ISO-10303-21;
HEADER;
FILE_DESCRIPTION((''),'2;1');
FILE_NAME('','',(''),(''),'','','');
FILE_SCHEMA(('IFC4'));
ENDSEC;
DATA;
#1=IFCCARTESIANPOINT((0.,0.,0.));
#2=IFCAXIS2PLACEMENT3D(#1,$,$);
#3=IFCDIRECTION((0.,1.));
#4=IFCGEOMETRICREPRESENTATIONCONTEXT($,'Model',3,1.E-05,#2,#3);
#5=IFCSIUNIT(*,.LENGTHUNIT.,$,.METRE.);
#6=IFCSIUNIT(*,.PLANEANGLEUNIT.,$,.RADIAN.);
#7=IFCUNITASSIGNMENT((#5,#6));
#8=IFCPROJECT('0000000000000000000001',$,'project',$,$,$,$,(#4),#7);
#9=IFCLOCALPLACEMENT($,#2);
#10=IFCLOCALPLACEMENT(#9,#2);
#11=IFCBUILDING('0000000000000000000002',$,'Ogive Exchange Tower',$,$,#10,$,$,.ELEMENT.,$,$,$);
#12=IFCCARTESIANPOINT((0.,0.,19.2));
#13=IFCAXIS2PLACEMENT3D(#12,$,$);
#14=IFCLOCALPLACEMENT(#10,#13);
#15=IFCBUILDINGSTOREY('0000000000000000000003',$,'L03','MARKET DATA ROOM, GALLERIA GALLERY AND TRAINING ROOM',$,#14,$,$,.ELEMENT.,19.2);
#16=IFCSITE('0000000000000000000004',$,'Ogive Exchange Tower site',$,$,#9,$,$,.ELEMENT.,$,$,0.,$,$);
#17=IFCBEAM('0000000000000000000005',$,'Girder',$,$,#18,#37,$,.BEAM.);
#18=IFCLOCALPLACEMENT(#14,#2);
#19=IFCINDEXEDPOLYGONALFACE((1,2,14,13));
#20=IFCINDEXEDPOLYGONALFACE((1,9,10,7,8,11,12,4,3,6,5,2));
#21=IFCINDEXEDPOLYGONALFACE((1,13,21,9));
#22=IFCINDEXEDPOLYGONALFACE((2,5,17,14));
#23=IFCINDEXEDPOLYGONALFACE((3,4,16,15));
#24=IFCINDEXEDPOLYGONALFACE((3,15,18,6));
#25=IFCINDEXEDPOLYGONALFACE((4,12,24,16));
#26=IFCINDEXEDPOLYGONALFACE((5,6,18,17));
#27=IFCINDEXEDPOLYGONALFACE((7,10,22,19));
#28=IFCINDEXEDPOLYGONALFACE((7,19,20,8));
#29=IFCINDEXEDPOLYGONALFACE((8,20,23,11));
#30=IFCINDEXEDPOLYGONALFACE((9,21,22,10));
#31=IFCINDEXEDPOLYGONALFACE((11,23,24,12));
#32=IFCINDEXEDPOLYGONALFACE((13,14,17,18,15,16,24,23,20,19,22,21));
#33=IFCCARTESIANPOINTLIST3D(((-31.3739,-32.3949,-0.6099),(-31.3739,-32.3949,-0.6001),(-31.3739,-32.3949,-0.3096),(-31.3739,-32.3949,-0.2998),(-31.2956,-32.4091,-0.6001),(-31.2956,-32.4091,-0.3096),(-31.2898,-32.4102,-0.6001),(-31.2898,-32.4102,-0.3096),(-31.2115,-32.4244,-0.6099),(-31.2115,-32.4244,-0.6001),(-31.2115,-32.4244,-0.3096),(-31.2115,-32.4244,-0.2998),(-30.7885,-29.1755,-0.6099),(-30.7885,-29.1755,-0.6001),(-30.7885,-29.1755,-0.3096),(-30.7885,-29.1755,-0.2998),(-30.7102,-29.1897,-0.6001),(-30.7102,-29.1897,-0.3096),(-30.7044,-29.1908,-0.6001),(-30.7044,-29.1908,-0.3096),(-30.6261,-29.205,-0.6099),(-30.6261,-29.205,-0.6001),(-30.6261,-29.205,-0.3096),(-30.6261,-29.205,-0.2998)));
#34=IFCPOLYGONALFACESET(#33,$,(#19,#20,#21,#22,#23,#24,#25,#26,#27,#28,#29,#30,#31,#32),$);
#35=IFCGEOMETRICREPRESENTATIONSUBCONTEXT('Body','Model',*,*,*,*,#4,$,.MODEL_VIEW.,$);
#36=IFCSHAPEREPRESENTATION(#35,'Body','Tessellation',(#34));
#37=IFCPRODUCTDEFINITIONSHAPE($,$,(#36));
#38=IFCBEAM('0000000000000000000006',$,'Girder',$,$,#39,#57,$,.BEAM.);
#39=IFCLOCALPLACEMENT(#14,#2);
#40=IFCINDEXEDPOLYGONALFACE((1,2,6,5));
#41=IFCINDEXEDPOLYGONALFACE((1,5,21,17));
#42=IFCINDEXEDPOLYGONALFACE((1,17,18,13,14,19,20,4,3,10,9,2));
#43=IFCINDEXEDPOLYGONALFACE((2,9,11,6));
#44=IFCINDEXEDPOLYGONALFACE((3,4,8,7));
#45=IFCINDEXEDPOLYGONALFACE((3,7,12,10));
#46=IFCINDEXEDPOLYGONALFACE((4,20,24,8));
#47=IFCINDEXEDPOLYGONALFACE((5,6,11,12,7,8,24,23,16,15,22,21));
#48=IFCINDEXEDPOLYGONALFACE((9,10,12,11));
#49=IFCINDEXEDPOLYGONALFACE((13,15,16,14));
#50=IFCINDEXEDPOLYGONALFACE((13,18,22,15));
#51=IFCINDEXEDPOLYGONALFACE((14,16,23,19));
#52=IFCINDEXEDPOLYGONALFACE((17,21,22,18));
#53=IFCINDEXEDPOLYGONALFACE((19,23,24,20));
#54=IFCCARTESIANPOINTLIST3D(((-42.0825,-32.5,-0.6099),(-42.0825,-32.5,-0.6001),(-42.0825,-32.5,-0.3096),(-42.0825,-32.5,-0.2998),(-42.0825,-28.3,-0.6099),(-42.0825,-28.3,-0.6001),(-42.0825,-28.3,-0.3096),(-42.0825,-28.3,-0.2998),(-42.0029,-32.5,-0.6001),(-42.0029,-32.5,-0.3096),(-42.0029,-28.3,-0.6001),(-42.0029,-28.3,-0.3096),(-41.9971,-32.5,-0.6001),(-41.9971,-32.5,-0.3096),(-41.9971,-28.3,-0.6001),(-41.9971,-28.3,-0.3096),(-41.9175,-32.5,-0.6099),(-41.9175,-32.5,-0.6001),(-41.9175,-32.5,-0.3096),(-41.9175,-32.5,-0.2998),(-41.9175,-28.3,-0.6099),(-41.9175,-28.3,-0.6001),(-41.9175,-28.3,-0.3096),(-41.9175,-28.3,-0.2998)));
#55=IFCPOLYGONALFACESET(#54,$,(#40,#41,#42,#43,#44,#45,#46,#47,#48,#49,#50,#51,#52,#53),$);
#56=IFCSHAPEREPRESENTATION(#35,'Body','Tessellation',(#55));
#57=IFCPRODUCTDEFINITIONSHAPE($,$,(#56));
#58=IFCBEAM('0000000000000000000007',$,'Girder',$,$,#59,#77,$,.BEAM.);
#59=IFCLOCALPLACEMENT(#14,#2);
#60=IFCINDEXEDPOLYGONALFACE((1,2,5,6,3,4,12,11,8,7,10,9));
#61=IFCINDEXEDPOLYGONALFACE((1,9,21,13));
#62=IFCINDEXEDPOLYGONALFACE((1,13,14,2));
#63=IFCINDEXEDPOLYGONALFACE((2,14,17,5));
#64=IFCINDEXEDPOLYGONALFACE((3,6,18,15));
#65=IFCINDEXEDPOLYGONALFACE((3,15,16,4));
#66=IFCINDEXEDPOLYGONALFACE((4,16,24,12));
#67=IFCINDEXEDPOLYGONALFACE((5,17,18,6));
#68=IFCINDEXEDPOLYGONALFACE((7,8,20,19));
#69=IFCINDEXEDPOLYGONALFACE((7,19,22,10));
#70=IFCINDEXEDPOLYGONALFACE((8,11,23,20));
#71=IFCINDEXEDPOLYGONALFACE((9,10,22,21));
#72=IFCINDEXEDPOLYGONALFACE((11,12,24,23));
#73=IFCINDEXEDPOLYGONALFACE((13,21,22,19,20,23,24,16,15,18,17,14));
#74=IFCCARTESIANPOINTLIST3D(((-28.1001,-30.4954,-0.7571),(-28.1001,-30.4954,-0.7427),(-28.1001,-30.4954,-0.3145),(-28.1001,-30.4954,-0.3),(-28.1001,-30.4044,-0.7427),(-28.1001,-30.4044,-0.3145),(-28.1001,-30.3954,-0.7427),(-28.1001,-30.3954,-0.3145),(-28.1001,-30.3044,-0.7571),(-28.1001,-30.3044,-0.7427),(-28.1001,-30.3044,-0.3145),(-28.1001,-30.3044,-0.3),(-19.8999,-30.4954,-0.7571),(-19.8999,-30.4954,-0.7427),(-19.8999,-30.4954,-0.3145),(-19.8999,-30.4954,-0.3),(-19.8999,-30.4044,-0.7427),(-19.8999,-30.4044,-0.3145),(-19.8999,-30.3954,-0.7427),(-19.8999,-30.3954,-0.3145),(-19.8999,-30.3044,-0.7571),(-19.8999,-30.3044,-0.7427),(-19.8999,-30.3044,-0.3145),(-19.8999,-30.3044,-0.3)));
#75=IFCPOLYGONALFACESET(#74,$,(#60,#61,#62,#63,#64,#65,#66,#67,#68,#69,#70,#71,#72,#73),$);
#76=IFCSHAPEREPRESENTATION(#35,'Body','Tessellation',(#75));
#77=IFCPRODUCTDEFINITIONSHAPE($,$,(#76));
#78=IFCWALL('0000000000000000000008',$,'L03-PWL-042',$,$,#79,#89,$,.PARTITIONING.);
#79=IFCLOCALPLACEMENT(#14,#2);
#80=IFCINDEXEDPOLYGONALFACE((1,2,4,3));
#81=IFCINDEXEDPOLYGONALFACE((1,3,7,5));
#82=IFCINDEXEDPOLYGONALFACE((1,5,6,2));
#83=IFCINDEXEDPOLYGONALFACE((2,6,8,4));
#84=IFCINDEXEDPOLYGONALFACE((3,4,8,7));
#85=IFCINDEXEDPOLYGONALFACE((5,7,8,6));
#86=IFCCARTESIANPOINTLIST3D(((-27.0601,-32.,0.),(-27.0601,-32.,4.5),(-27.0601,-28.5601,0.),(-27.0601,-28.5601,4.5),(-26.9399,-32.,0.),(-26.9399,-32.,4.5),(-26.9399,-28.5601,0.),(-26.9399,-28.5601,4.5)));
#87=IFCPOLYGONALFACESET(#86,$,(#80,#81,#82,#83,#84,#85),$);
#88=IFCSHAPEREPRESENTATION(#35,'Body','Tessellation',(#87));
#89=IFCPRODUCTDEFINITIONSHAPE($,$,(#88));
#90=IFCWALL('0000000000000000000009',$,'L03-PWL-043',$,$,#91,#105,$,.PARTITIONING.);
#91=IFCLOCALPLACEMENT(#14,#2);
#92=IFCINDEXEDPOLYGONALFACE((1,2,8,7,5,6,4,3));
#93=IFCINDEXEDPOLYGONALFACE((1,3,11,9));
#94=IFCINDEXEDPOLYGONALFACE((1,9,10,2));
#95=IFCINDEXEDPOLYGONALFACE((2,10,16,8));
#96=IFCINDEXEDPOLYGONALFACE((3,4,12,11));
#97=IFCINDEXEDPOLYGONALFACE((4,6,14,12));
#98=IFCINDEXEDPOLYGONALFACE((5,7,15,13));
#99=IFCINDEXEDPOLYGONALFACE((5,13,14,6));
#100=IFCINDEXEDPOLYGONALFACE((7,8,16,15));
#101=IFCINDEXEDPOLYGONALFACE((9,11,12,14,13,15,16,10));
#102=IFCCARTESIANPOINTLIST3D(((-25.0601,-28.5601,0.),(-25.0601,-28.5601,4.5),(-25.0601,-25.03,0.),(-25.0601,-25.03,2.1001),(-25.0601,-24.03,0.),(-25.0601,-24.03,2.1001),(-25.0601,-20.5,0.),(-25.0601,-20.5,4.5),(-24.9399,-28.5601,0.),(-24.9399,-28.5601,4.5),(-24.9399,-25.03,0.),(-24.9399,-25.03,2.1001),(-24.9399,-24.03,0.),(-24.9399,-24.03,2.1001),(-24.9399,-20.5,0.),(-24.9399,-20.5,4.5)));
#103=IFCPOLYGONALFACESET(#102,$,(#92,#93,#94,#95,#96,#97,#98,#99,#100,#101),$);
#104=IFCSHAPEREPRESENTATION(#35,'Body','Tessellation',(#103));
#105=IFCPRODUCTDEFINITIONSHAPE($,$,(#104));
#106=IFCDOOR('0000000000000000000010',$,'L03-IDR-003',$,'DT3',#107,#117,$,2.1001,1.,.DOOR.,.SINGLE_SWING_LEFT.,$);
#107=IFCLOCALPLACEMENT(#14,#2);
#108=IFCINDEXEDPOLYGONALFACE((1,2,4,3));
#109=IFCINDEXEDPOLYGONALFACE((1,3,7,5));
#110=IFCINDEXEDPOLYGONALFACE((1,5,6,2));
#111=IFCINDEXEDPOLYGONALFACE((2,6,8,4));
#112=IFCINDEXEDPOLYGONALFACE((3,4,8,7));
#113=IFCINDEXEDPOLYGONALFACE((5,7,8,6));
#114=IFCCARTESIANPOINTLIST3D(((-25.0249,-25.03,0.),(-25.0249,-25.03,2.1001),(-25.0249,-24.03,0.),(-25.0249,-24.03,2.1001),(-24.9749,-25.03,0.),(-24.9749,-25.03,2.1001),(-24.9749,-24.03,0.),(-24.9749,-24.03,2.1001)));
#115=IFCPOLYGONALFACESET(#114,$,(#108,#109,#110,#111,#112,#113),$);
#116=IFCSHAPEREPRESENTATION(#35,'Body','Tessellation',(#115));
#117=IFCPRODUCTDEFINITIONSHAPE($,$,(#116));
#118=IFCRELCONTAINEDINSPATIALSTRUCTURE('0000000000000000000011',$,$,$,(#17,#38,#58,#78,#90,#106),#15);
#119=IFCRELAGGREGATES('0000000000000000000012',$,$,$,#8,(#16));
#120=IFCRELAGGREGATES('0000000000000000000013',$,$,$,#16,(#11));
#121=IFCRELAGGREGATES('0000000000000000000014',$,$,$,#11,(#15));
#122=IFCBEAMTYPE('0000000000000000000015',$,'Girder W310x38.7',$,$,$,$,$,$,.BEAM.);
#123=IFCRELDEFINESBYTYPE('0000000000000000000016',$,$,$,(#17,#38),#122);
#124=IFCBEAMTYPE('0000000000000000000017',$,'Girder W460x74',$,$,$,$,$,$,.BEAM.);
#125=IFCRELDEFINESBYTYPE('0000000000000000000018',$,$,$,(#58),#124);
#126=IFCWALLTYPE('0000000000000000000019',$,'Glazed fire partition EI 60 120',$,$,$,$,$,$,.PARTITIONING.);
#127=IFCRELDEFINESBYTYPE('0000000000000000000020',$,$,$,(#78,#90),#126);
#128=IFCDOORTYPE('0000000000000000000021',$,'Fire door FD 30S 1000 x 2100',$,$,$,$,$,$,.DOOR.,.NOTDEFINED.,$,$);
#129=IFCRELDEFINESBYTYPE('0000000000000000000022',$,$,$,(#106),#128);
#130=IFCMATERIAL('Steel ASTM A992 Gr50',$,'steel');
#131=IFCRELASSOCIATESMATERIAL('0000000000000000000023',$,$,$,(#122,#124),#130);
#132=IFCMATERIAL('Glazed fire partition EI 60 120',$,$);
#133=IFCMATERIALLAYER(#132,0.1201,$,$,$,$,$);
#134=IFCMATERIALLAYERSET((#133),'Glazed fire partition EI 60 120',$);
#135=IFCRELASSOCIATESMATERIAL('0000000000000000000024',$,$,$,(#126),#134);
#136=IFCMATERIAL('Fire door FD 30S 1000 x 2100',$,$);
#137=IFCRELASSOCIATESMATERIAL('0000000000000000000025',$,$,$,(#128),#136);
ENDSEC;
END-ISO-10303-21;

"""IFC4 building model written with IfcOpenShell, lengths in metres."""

from ifc_helpers import new_model, si_unit, direction, frame, frame_2d, origin, origin_2d, place, context, subcontext, project, spatial, rectangle, i_section, extrude, material, layer, layer_set, material_profile, profile_set, type_object, element, fill, save


model = new_model("IFC4")

# Units and contexts
model_context = context("Model", 3, precision=1e-05, world=origin(), true_north=direction((0.0, 1.0)))
body_context = subcontext(model_context, "Body", "Model", "MODEL_VIEW")
ifc_project = project(units=[si_unit("LENGTHUNIT", "METRE"), si_unit("PLANEANGLEUNIT", "RADIAN")], contexts=[model_context])

# Site, building, storey
site_placement = place(None, origin())
site = spatial("IfcSite", under=ifc_project, at=site_placement, Name="Ogive Exchange Tower site", CompositionType="ELEMENT", RefElevation=0.0)
building_placement = place(site_placement, origin())
building = spatial("IfcBuilding", under=site, at=building_placement, Name="Ogive Exchange Tower", CompositionType="ELEMENT")
storey_placement = place(building_placement, frame((0.0, 0.0, 19.2)))
storey = spatial("IfcBuildingStorey", under=building, at=storey_placement, Name="L03", Description="MARKET DATA ROOM, GALLERIA GALLERY AND TRAINING ROOM", CompositionType="ELEMENT", Elevation=19.2)

# Beams
ifc_material_1 = material(Name="Steel ASTM A992 Gr50", Category="steel")
ifc_material_profile_1 = material_profile(ifc_material_1, i_section(OverallWidth=0.165, OverallDepth=0.3101, WebThickness=0.0059, FlangeThickness=0.0098, at=origin_2d()), Name="W310x38.7")
ifc_profile_set_1 = profile_set([ifc_material_profile_1], Name="Steel ASTM A992 Gr50")
beam_type_1 = type_object("IfcBeamType", Name="Girder W310x38.7", PredefinedType="BEAM", material=ifc_profile_set_1)
beam_1_placement = place(storey_placement, frame((-31.2927, -32.4097, -0.4548), z_axis=(0.178912, 0.983865, 0.0), x_axis=(-0.983865, 0.178912, 0.0)))
element("IfcBeam", 1, at=beam_1_placement, inside=storey, type_object=beam_type_1, Name="Girder", PredefinedType="BEAM", context=body_context, shape_type="SweptSolid", body=[
    extrude(i_section(OverallWidth=0.165, OverallDepth=0.3101, WebThickness=0.0059, FlangeThickness=0.0098, at=origin_2d()), origin(), (0.0, 0.0, 1.0), 3.2722),
])
beam_2_placement = place(storey_placement, frame((-42.0, -32.5, -0.4548), z_axis=(0.0, 1.0, 0.0), x_axis=(-1.0, 0.0, 0.0)))
element("IfcBeam", 2, at=beam_2_placement, inside=storey, type_object=beam_type_1, Name="Girder", PredefinedType="BEAM", context=body_context, shape_type="SweptSolid", body=[
    extrude(i_section(OverallWidth=0.165, OverallDepth=0.3101, WebThickness=0.0059, FlangeThickness=0.0098, at=origin_2d()), origin(), (0.0, 0.0, 1.0), 4.2),
])
ifc_material_profile_2 = material_profile(ifc_material_1, i_section(OverallWidth=0.1909, OverallDepth=0.457, WebThickness=0.009, FlangeThickness=0.0144, at=origin_2d()), Name="W460x74")
ifc_profile_set_2 = profile_set([ifc_material_profile_2], Name="Steel ASTM A992 Gr50")
beam_type_2 = type_object("IfcBeamType", Name="Girder W460x74", PredefinedType="BEAM", material=ifc_profile_set_2)
beam_3_placement = place(storey_placement, frame((-28.1001, -30.3999, -0.5286), z_axis=(1.0, 0.0, 0.0), x_axis=(0.0, 1.0, 0.0)))
element("IfcBeam", 3, at=beam_3_placement, inside=storey, type_object=beam_type_2, Name="Girder", PredefinedType="BEAM", context=body_context, shape_type="SweptSolid", body=[
    extrude(i_section(OverallWidth=0.1909, OverallDepth=0.457, WebThickness=0.009, FlangeThickness=0.0144, at=origin_2d()), origin(), (0.0, 0.0, 1.0), 8.2002),
])

# Wall
ifc_material_2 = material(Name="Glazed fire partition EI 60 120")
ifc_layer_1 = layer(ifc_material_2, 0.1201)
ifc_layer_set_1 = layer_set([ifc_layer_1], Name="Glazed fire partition EI 60 120")
wall_type_1 = type_object("IfcWallType", Name="Glazed fire partition EI 60 120", PredefinedType="PARTITIONING", material=ifc_layer_set_1)
wall_1_placement = place(storey_placement, frame((-27.0, -32.0, 0.0), z_axis=(0.0, 0.0, 1.0), x_axis=(0.0, 1.0, 0.0)))
element("IfcWall", 4, at=wall_1_placement, inside=storey, type_object=wall_type_1, Name="L03-PWL-042", PredefinedType="PARTITIONING", context=body_context, shape_type="SweptSolid", body=[
    extrude(rectangle(XDim=3.4399, YDim=0.1201, at=frame_2d((1.72, 0.0))), origin(), (0.0, 0.0, 1.0), 4.5),
])

# Wall, opening, door
wall_2_placement = place(storey_placement, frame((-25.0, -28.5601, 0.0), z_axis=(0.0, 0.0, 1.0), x_axis=(0.0, 1.0, 0.0)))
wall_2 = element("IfcWall", 5, at=wall_2_placement, inside=storey, type_object=wall_type_1, Name="L03-PWL-043", PredefinedType="PARTITIONING", context=body_context, shape_type="SweptSolid", body=[
    extrude(rectangle(XDim=8.0601, YDim=0.1201, at=frame_2d((4.03, 0.0))), origin(), (0.0, 0.0, 1.0), 4.5),
])
opening_1_placement = place(wall_2_placement, frame((3.53, 0.0, 0.0)))
opening_1 = element("IfcOpeningElement", 6, at=opening_1_placement, cuts=wall_2, PredefinedType="OPENING", context=body_context, shape_type="SweptSolid", body=[
    extrude(rectangle(XDim=1.0, YDim=2.1001, at=frame_2d((0.5, 1.05))), frame((0.0, 0.0701, 0.0), z_axis=(0.0, -1.0, 0.0), x_axis=(1.0, 0.0, 0.0)), (0.0, 0.0, 1.0), 0.1401),
])
ifc_material_3 = material(Name="Fire door FD 30S 1000 x 2100")
door_type = type_object("IfcDoorType", Name="Fire door FD 30S 1000 x 2100", OperationType="NOTDEFINED", PredefinedType="DOOR", material=ifc_material_3)
door_placement = place(opening_1_placement, origin())
door = element("IfcDoor", 7, at=door_placement, inside=storey, type_object=door_type, Name="L03-IDR-003", ObjectType="DT3", OperationType="SINGLE_SWING_LEFT", OverallHeight=2.1001, OverallWidth=1.0, PredefinedType="DOOR", context=body_context, shape_type="SweptSolid", body=[
    extrude(rectangle(XDim=1.0, YDim=2.1001, at=frame_2d((0.5, 1.05))), frame((0.0, 0.0249, 0.0), z_axis=(0.0, -1.0, 0.0), x_axis=(1.0, 0.0, 0.0)), (0.0, 0.0, 1.0), 0.05),
])
fill(opening_1, door)

save(model, "model.ifc")
